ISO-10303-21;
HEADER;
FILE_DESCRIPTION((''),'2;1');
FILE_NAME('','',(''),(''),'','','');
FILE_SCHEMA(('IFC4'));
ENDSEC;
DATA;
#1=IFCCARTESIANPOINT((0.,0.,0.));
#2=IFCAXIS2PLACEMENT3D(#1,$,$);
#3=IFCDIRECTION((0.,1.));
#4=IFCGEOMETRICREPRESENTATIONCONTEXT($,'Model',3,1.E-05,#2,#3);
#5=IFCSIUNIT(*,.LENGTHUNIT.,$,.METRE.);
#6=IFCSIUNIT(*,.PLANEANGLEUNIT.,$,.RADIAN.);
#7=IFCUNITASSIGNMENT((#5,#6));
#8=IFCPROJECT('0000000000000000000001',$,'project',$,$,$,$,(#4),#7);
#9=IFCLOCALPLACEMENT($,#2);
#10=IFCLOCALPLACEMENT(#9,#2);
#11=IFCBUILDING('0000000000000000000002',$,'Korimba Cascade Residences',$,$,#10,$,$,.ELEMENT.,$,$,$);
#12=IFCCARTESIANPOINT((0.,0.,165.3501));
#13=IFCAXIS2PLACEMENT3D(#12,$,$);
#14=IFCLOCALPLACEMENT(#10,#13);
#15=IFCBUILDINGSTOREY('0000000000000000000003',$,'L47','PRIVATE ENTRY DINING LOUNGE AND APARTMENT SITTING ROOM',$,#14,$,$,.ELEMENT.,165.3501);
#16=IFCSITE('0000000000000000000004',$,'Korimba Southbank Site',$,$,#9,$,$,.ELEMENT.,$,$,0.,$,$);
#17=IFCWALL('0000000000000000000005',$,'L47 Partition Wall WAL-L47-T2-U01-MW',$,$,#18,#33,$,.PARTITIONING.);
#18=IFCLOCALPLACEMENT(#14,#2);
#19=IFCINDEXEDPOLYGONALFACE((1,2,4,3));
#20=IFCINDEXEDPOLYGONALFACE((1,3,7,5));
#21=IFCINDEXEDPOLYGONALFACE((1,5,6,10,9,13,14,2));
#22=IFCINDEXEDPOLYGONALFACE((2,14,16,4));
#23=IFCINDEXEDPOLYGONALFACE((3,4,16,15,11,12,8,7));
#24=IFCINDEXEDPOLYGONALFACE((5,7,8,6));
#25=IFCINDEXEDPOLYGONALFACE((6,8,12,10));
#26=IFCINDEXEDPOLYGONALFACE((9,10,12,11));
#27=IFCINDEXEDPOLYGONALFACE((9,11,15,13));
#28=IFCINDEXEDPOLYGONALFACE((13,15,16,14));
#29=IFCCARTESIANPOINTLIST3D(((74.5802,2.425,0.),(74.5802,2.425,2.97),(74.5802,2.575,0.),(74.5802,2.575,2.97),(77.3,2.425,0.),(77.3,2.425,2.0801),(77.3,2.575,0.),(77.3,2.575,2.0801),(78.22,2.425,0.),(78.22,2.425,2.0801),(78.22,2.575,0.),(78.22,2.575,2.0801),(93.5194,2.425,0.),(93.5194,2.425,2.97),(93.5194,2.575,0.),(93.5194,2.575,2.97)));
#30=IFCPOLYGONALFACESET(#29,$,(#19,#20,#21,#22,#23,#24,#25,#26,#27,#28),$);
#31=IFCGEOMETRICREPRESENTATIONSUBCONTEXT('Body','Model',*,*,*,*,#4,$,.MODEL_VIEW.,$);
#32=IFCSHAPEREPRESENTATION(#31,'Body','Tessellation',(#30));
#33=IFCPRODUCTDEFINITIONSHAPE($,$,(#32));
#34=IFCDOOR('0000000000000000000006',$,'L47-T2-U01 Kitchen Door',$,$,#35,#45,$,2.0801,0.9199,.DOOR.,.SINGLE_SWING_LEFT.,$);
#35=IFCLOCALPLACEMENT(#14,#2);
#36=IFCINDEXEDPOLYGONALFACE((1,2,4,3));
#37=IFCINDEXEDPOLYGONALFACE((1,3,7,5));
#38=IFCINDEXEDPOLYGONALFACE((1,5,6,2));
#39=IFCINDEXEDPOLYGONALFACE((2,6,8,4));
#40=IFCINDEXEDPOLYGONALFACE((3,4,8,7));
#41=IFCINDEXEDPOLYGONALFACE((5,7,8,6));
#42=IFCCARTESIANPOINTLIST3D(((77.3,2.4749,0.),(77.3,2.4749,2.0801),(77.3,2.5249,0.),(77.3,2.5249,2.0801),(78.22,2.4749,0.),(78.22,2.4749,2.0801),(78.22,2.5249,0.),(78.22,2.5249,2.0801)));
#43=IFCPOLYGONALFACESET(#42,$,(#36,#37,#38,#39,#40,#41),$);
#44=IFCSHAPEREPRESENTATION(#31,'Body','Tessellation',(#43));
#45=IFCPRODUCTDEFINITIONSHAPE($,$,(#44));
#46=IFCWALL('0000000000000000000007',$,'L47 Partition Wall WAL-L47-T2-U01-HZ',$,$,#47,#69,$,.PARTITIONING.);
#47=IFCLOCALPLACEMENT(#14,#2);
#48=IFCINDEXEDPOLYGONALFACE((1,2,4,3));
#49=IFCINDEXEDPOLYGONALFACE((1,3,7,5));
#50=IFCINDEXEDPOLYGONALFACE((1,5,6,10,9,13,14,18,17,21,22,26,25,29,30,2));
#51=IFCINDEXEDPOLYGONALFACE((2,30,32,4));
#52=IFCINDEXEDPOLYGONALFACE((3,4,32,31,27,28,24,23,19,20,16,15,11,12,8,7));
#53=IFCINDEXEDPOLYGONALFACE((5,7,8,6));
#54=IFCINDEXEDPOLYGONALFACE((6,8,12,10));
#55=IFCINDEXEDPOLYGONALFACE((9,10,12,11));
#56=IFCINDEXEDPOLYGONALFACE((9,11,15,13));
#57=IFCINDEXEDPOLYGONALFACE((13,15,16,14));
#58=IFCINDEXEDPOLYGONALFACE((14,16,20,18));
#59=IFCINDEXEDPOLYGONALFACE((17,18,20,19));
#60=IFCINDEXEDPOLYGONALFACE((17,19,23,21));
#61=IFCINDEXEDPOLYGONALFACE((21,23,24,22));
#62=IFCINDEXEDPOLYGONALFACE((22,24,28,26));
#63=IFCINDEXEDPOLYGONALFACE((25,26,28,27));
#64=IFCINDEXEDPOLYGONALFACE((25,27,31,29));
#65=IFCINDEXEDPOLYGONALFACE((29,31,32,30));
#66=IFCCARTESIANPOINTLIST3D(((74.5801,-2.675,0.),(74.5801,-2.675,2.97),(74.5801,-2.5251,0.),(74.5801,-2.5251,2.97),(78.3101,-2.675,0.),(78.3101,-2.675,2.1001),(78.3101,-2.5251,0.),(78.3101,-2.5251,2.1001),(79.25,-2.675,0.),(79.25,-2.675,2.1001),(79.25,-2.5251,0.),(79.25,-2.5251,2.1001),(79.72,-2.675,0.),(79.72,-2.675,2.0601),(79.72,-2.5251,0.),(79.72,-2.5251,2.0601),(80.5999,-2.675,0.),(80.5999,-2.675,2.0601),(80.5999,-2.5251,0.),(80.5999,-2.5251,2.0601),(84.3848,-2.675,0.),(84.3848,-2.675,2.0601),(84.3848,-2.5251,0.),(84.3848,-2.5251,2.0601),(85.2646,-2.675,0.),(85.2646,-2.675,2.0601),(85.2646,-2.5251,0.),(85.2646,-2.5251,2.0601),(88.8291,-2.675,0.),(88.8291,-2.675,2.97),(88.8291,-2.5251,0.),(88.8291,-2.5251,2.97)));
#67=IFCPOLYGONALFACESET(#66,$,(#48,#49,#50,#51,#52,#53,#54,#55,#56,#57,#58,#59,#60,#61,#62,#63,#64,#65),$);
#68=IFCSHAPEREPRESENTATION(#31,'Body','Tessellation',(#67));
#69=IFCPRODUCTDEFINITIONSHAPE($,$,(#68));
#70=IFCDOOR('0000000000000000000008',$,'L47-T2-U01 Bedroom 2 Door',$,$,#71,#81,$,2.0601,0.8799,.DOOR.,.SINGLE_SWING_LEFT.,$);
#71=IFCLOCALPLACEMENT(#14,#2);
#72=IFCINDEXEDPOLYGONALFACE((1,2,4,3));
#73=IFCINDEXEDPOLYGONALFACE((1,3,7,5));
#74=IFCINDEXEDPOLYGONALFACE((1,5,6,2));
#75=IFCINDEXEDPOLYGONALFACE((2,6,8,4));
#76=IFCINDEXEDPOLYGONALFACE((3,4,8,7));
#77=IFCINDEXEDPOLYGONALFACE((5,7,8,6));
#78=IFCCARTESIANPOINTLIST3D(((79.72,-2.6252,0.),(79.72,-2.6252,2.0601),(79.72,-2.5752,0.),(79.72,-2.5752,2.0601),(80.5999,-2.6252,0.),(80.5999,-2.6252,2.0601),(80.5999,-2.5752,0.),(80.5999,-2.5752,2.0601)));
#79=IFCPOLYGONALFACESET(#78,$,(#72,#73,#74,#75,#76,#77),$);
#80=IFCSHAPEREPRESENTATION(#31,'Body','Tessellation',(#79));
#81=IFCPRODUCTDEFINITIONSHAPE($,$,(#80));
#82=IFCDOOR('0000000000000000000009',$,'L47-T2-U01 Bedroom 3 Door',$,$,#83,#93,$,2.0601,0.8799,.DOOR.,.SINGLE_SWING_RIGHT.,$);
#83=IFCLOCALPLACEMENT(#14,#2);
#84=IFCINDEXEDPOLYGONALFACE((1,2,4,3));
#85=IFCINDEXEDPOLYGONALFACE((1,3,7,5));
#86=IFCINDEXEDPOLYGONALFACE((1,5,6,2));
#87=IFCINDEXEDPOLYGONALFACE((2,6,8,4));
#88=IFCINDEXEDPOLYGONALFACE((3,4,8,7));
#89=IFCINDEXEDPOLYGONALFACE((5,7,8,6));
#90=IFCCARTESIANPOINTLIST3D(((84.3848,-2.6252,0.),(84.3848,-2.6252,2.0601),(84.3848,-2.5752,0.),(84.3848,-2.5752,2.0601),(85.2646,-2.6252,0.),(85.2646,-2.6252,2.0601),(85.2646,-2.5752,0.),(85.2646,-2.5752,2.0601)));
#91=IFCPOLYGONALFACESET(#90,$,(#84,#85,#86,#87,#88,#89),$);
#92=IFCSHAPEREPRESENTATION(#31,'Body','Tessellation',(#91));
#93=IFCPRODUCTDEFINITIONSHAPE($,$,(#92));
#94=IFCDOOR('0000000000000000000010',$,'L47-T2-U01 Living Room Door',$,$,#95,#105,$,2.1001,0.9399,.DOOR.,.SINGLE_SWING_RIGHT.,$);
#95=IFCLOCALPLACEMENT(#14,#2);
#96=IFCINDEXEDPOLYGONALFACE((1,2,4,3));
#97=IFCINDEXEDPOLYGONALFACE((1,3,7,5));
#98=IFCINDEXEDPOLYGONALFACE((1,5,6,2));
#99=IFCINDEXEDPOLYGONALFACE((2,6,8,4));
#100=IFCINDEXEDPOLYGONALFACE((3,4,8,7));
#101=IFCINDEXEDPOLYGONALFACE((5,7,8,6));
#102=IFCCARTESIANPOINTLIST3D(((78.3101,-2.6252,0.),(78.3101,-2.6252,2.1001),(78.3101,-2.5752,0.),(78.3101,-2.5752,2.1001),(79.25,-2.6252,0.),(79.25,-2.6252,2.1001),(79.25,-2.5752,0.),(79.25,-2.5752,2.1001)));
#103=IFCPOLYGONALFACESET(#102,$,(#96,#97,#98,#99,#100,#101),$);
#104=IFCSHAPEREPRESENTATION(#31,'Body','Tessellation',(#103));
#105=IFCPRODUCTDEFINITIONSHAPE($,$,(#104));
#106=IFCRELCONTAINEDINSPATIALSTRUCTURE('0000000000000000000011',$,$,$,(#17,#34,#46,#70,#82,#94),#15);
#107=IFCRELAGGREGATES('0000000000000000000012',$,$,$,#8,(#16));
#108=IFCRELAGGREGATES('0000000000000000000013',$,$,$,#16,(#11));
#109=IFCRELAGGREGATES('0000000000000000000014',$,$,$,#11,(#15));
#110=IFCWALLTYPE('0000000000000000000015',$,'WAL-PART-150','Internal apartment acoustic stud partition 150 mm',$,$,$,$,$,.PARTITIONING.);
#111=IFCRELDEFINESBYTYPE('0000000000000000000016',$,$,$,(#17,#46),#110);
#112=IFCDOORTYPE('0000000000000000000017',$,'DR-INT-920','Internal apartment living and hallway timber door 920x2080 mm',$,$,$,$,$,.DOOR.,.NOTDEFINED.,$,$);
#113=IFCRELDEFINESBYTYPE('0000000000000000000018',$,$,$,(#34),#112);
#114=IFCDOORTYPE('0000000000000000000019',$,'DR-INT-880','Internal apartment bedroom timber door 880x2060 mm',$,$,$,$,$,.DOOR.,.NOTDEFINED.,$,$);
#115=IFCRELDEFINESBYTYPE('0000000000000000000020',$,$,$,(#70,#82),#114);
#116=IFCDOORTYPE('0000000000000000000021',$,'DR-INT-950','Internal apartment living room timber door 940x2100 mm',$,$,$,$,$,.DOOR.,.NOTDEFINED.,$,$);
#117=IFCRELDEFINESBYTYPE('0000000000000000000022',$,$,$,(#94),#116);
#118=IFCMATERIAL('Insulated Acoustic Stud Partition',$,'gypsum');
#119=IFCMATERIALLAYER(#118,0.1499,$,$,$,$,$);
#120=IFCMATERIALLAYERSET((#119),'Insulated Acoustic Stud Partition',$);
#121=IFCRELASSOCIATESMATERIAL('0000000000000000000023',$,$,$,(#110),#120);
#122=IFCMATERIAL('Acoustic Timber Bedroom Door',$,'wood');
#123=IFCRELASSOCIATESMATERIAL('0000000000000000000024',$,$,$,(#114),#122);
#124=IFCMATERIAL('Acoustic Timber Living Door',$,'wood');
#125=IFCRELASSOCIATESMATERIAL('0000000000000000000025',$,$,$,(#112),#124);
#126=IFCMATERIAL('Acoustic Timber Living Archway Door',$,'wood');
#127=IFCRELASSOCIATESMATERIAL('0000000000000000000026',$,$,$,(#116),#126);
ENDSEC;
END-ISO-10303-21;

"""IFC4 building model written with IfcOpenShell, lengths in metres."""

from ifc_helpers import new_model, si_unit, direction, frame, frame_2d, origin, place, context, subcontext, project, spatial, rectangle, extrude, material, layer, layer_set, type_object, element, fill, save


model = new_model("IFC4")

# Units and contexts
model_context = context("Model", 3, precision=1e-05, world=origin(), true_north=direction((0.0, 1.0)))
body_context = subcontext(model_context, "Body", "Model", "MODEL_VIEW")
ifc_project = project(units=[si_unit("LENGTHUNIT", "METRE"), si_unit("PLANEANGLEUNIT", "RADIAN")], contexts=[model_context])

# Site, building, storey
site_placement = place(None, origin())
site = spatial("IfcSite", under=ifc_project, at=site_placement, Name="Korimba Southbank Site", CompositionType="ELEMENT", RefElevation=0.0)
building_placement = place(site_placement, origin())
building = spatial("IfcBuilding", under=site, at=building_placement, Name="Korimba Cascade Residences", CompositionType="ELEMENT")
storey_placement = place(building_placement, frame((0.0, 0.0, 165.3501)))
storey = spatial("IfcBuildingStorey", under=building, at=storey_placement, Name="L47", Description="PRIVATE ENTRY DINING LOUNGE AND APARTMENT SITTING ROOM", CompositionType="ELEMENT", Elevation=165.3501)

# Wall, opening, door
ifc_material_1 = material(Name="Insulated Acoustic Stud Partition", Category="gypsum")
ifc_layer_1 = layer(ifc_material_1, 0.1499)
ifc_layer_set_1 = layer_set([ifc_layer_1], Name="Insulated Acoustic Stud Partition")
wall_type_1 = type_object("IfcWallType", Name="WAL-PART-150", Description="Internal apartment acoustic stud partition 150 mm", PredefinedType="PARTITIONING", material=ifc_layer_set_1)
ifc_material_2 = material(Name="Acoustic Timber Bedroom Door", Category="wood")
door_type_1 = type_object("IfcDoorType", Name="DR-INT-880", Description="Internal apartment bedroom timber door 880x2060 mm", OperationType="NOTDEFINED", PredefinedType="DOOR", material=ifc_material_2)
ifc_material_3 = material(Name="Acoustic Timber Living Door", Category="wood")
door_type_2 = type_object("IfcDoorType", Name="DR-INT-920", Description="Internal apartment living and hallway timber door 920x2080 mm", OperationType="NOTDEFINED", PredefinedType="DOOR", material=ifc_material_3)
wall_1_placement = place(storey_placement, frame((74.5801, 2.5, 0.0), z_axis=(0.0, 0.0, 1.0), x_axis=(1.0, 0.0, 0.0)))
wall_1 = element("IfcWall", 1, at=wall_1_placement, inside=storey, type_object=wall_type_1, Name="L47 Partition Wall WAL-L47-T2-U01-MW", PredefinedType="PARTITIONING", context=body_context, shape_type="SweptSolid", body=[
    extrude(rectangle(XDim=18.9392, YDim=0.1499, at=frame_2d((9.4697, 0.0))), origin(), (0.0, 0.0, 1.0), 2.97),
])
opening_1_placement = place(wall_1_placement, frame((2.72, 0.0, 0.0)))
opening_1 = element("IfcOpeningElement", 2, at=opening_1_placement, cuts=wall_1, PredefinedType="OPENING", context=body_context, shape_type="SweptSolid", body=[
    extrude(rectangle(XDim=0.9199, YDim=2.0801, at=frame_2d((0.46, 1.04))), frame((0.0, 0.085, 0.0), z_axis=(0.0, -1.0, 0.0), x_axis=(1.0, 0.0, 0.0)), (0.0, 0.0, 1.0), 0.1699),
])
door_1_placement = place(opening_1_placement, origin())
door_1 = element("IfcDoor", 3, at=door_1_placement, inside=storey, type_object=door_type_2, Name="L47-T2-U01 Kitchen Door", OperationType="SINGLE_SWING_LEFT", OverallHeight=2.0801, OverallWidth=0.9199, PredefinedType="DOOR", context=body_context, shape_type="SweptSolid", body=[
    extrude(rectangle(XDim=0.9199, YDim=2.0801, at=frame_2d((0.46, 1.04))), frame((0.0, 0.0249, 0.0), z_axis=(0.0, -1.0, 0.0), x_axis=(1.0, 0.0, 0.0)), (0.0, 0.0, 1.0), 0.05),
])
fill(opening_1, door_1)

# Wall, openings, doors
wall_2_placement = place(storey_placement, frame((74.5801, -2.6001, 0.0), z_axis=(0.0, 0.0, 1.0), x_axis=(1.0, 0.0, 0.0)))
wall_2 = element("IfcWall", 4, at=wall_2_placement, inside=storey, type_object=wall_type_1, Name="L47 Partition Wall WAL-L47-T2-U01-HZ", PredefinedType="PARTITIONING", context=body_context, shape_type="SweptSolid", body=[
    extrude(rectangle(XDim=14.249, YDim=0.1499, at=frame_2d((7.1245, 0.0))), origin(), (0.0, 0.0, 1.0), 2.97),
])
opening_2_placement = place(wall_2_placement, frame((3.73, 0.0, 0.0)))
opening_2 = element("IfcOpeningElement", 5, at=opening_2_placement, cuts=wall_2, PredefinedType="OPENING", context=body_context, shape_type="SweptSolid", body=[
    extrude(rectangle(XDim=0.9399, YDim=2.1001, at=frame_2d((0.47, 1.05))), frame((0.0, 0.085, 0.0), z_axis=(0.0, -1.0, 0.0), x_axis=(1.0, 0.0, 0.0)), (0.0, 0.0, 1.0), 0.1699),
])
opening_3_placement = place(wall_2_placement, frame((5.1399, 0.0, 0.0)))
opening_3 = element("IfcOpeningElement", 6, at=opening_3_placement, cuts=wall_2, PredefinedType="OPENING", context=body_context, shape_type="SweptSolid", body=[
    extrude(rectangle(XDim=0.8799, YDim=2.0601, at=frame_2d((0.4399, 1.03))), frame((0.0, 0.085, 0.0), z_axis=(0.0, -1.0, 0.0), x_axis=(1.0, 0.0, 0.0)), (0.0, 0.0, 1.0), 0.1699),
])
opening_4_placement = place(wall_2_placement, frame((9.8047, 0.0, 0.0)))
opening_4 = element("IfcOpeningElement", 7, at=opening_4_placement, cuts=wall_2, PredefinedType="OPENING", context=body_context, shape_type="SweptSolid", body=[
    extrude(rectangle(XDim=0.8799, YDim=2.0601, at=frame_2d((0.4399, 1.03))), frame((0.0, 0.085, 0.0), z_axis=(0.0, -1.0, 0.0), x_axis=(1.0, 0.0, 0.0)), (0.0, 0.0, 1.0), 0.1699),
])
door_2_placement = place(opening_3_placement, origin())
door_2 = element("IfcDoor", 8, at=door_2_placement, inside=storey, type_object=door_type_1, Name="L47-T2-U01 Bedroom 2 Door", OperationType="SINGLE_SWING_LEFT", OverallHeight=2.0601, OverallWidth=0.8799, PredefinedType="DOOR", context=body_context, shape_type="SweptSolid", body=[
    extrude(rectangle(XDim=0.8799, YDim=2.0601, at=frame_2d((0.4399, 1.03))), frame((0.0, 0.0249, 0.0), z_axis=(0.0, -1.0, 0.0), x_axis=(1.0, 0.0, 0.0)), (0.0, 0.0, 1.0), 0.05),
])
fill(opening_3, door_2)
door_3_placement = place(opening_4_placement, origin())
door_3 = element("IfcDoor", 9, at=door_3_placement, inside=storey, type_object=door_type_1, Name="L47-T2-U01 Bedroom 3 Door", OperationType="SINGLE_SWING_RIGHT", OverallHeight=2.0601, OverallWidth=0.8799, PredefinedType="DOOR", context=body_context, shape_type="SweptSolid", body=[
    extrude(rectangle(XDim=0.8799, YDim=2.0601, at=frame_2d((0.4399, 1.03))), frame((0.0, 0.0249, 0.0), z_axis=(0.0, -1.0, 0.0), x_axis=(1.0, 0.0, 0.0)), (0.0, 0.0, 1.0), 0.05),
])
fill(opening_4, door_3)
ifc_material_4 = material(Name="Acoustic Timber Living Archway Door", Category="wood")
door_type_3 = type_object("IfcDoorType", Name="DR-INT-950", Description="Internal apartment living room timber door 940x2100 mm", OperationType="NOTDEFINED", PredefinedType="DOOR", material=ifc_material_4)
door_4_placement = place(opening_2_placement, origin())
door_4 = element("IfcDoor", 10, at=door_4_placement, inside=storey, type_object=door_type_3, Name="L47-T2-U01 Living Room Door", OperationType="SINGLE_SWING_RIGHT", OverallHeight=2.1001, OverallWidth=0.9399, PredefinedType="DOOR", context=body_context, shape_type="SweptSolid", body=[
    extrude(rectangle(XDim=0.9399, YDim=2.1001, at=frame_2d((0.47, 1.05))), frame((0.0, 0.0249, 0.0), z_axis=(0.0, -1.0, 0.0), x_axis=(1.0, 0.0, 0.0)), (0.0, 0.0, 1.0), 0.05),
])
fill(opening_2, door_4)

save(model, "model.ifc")
